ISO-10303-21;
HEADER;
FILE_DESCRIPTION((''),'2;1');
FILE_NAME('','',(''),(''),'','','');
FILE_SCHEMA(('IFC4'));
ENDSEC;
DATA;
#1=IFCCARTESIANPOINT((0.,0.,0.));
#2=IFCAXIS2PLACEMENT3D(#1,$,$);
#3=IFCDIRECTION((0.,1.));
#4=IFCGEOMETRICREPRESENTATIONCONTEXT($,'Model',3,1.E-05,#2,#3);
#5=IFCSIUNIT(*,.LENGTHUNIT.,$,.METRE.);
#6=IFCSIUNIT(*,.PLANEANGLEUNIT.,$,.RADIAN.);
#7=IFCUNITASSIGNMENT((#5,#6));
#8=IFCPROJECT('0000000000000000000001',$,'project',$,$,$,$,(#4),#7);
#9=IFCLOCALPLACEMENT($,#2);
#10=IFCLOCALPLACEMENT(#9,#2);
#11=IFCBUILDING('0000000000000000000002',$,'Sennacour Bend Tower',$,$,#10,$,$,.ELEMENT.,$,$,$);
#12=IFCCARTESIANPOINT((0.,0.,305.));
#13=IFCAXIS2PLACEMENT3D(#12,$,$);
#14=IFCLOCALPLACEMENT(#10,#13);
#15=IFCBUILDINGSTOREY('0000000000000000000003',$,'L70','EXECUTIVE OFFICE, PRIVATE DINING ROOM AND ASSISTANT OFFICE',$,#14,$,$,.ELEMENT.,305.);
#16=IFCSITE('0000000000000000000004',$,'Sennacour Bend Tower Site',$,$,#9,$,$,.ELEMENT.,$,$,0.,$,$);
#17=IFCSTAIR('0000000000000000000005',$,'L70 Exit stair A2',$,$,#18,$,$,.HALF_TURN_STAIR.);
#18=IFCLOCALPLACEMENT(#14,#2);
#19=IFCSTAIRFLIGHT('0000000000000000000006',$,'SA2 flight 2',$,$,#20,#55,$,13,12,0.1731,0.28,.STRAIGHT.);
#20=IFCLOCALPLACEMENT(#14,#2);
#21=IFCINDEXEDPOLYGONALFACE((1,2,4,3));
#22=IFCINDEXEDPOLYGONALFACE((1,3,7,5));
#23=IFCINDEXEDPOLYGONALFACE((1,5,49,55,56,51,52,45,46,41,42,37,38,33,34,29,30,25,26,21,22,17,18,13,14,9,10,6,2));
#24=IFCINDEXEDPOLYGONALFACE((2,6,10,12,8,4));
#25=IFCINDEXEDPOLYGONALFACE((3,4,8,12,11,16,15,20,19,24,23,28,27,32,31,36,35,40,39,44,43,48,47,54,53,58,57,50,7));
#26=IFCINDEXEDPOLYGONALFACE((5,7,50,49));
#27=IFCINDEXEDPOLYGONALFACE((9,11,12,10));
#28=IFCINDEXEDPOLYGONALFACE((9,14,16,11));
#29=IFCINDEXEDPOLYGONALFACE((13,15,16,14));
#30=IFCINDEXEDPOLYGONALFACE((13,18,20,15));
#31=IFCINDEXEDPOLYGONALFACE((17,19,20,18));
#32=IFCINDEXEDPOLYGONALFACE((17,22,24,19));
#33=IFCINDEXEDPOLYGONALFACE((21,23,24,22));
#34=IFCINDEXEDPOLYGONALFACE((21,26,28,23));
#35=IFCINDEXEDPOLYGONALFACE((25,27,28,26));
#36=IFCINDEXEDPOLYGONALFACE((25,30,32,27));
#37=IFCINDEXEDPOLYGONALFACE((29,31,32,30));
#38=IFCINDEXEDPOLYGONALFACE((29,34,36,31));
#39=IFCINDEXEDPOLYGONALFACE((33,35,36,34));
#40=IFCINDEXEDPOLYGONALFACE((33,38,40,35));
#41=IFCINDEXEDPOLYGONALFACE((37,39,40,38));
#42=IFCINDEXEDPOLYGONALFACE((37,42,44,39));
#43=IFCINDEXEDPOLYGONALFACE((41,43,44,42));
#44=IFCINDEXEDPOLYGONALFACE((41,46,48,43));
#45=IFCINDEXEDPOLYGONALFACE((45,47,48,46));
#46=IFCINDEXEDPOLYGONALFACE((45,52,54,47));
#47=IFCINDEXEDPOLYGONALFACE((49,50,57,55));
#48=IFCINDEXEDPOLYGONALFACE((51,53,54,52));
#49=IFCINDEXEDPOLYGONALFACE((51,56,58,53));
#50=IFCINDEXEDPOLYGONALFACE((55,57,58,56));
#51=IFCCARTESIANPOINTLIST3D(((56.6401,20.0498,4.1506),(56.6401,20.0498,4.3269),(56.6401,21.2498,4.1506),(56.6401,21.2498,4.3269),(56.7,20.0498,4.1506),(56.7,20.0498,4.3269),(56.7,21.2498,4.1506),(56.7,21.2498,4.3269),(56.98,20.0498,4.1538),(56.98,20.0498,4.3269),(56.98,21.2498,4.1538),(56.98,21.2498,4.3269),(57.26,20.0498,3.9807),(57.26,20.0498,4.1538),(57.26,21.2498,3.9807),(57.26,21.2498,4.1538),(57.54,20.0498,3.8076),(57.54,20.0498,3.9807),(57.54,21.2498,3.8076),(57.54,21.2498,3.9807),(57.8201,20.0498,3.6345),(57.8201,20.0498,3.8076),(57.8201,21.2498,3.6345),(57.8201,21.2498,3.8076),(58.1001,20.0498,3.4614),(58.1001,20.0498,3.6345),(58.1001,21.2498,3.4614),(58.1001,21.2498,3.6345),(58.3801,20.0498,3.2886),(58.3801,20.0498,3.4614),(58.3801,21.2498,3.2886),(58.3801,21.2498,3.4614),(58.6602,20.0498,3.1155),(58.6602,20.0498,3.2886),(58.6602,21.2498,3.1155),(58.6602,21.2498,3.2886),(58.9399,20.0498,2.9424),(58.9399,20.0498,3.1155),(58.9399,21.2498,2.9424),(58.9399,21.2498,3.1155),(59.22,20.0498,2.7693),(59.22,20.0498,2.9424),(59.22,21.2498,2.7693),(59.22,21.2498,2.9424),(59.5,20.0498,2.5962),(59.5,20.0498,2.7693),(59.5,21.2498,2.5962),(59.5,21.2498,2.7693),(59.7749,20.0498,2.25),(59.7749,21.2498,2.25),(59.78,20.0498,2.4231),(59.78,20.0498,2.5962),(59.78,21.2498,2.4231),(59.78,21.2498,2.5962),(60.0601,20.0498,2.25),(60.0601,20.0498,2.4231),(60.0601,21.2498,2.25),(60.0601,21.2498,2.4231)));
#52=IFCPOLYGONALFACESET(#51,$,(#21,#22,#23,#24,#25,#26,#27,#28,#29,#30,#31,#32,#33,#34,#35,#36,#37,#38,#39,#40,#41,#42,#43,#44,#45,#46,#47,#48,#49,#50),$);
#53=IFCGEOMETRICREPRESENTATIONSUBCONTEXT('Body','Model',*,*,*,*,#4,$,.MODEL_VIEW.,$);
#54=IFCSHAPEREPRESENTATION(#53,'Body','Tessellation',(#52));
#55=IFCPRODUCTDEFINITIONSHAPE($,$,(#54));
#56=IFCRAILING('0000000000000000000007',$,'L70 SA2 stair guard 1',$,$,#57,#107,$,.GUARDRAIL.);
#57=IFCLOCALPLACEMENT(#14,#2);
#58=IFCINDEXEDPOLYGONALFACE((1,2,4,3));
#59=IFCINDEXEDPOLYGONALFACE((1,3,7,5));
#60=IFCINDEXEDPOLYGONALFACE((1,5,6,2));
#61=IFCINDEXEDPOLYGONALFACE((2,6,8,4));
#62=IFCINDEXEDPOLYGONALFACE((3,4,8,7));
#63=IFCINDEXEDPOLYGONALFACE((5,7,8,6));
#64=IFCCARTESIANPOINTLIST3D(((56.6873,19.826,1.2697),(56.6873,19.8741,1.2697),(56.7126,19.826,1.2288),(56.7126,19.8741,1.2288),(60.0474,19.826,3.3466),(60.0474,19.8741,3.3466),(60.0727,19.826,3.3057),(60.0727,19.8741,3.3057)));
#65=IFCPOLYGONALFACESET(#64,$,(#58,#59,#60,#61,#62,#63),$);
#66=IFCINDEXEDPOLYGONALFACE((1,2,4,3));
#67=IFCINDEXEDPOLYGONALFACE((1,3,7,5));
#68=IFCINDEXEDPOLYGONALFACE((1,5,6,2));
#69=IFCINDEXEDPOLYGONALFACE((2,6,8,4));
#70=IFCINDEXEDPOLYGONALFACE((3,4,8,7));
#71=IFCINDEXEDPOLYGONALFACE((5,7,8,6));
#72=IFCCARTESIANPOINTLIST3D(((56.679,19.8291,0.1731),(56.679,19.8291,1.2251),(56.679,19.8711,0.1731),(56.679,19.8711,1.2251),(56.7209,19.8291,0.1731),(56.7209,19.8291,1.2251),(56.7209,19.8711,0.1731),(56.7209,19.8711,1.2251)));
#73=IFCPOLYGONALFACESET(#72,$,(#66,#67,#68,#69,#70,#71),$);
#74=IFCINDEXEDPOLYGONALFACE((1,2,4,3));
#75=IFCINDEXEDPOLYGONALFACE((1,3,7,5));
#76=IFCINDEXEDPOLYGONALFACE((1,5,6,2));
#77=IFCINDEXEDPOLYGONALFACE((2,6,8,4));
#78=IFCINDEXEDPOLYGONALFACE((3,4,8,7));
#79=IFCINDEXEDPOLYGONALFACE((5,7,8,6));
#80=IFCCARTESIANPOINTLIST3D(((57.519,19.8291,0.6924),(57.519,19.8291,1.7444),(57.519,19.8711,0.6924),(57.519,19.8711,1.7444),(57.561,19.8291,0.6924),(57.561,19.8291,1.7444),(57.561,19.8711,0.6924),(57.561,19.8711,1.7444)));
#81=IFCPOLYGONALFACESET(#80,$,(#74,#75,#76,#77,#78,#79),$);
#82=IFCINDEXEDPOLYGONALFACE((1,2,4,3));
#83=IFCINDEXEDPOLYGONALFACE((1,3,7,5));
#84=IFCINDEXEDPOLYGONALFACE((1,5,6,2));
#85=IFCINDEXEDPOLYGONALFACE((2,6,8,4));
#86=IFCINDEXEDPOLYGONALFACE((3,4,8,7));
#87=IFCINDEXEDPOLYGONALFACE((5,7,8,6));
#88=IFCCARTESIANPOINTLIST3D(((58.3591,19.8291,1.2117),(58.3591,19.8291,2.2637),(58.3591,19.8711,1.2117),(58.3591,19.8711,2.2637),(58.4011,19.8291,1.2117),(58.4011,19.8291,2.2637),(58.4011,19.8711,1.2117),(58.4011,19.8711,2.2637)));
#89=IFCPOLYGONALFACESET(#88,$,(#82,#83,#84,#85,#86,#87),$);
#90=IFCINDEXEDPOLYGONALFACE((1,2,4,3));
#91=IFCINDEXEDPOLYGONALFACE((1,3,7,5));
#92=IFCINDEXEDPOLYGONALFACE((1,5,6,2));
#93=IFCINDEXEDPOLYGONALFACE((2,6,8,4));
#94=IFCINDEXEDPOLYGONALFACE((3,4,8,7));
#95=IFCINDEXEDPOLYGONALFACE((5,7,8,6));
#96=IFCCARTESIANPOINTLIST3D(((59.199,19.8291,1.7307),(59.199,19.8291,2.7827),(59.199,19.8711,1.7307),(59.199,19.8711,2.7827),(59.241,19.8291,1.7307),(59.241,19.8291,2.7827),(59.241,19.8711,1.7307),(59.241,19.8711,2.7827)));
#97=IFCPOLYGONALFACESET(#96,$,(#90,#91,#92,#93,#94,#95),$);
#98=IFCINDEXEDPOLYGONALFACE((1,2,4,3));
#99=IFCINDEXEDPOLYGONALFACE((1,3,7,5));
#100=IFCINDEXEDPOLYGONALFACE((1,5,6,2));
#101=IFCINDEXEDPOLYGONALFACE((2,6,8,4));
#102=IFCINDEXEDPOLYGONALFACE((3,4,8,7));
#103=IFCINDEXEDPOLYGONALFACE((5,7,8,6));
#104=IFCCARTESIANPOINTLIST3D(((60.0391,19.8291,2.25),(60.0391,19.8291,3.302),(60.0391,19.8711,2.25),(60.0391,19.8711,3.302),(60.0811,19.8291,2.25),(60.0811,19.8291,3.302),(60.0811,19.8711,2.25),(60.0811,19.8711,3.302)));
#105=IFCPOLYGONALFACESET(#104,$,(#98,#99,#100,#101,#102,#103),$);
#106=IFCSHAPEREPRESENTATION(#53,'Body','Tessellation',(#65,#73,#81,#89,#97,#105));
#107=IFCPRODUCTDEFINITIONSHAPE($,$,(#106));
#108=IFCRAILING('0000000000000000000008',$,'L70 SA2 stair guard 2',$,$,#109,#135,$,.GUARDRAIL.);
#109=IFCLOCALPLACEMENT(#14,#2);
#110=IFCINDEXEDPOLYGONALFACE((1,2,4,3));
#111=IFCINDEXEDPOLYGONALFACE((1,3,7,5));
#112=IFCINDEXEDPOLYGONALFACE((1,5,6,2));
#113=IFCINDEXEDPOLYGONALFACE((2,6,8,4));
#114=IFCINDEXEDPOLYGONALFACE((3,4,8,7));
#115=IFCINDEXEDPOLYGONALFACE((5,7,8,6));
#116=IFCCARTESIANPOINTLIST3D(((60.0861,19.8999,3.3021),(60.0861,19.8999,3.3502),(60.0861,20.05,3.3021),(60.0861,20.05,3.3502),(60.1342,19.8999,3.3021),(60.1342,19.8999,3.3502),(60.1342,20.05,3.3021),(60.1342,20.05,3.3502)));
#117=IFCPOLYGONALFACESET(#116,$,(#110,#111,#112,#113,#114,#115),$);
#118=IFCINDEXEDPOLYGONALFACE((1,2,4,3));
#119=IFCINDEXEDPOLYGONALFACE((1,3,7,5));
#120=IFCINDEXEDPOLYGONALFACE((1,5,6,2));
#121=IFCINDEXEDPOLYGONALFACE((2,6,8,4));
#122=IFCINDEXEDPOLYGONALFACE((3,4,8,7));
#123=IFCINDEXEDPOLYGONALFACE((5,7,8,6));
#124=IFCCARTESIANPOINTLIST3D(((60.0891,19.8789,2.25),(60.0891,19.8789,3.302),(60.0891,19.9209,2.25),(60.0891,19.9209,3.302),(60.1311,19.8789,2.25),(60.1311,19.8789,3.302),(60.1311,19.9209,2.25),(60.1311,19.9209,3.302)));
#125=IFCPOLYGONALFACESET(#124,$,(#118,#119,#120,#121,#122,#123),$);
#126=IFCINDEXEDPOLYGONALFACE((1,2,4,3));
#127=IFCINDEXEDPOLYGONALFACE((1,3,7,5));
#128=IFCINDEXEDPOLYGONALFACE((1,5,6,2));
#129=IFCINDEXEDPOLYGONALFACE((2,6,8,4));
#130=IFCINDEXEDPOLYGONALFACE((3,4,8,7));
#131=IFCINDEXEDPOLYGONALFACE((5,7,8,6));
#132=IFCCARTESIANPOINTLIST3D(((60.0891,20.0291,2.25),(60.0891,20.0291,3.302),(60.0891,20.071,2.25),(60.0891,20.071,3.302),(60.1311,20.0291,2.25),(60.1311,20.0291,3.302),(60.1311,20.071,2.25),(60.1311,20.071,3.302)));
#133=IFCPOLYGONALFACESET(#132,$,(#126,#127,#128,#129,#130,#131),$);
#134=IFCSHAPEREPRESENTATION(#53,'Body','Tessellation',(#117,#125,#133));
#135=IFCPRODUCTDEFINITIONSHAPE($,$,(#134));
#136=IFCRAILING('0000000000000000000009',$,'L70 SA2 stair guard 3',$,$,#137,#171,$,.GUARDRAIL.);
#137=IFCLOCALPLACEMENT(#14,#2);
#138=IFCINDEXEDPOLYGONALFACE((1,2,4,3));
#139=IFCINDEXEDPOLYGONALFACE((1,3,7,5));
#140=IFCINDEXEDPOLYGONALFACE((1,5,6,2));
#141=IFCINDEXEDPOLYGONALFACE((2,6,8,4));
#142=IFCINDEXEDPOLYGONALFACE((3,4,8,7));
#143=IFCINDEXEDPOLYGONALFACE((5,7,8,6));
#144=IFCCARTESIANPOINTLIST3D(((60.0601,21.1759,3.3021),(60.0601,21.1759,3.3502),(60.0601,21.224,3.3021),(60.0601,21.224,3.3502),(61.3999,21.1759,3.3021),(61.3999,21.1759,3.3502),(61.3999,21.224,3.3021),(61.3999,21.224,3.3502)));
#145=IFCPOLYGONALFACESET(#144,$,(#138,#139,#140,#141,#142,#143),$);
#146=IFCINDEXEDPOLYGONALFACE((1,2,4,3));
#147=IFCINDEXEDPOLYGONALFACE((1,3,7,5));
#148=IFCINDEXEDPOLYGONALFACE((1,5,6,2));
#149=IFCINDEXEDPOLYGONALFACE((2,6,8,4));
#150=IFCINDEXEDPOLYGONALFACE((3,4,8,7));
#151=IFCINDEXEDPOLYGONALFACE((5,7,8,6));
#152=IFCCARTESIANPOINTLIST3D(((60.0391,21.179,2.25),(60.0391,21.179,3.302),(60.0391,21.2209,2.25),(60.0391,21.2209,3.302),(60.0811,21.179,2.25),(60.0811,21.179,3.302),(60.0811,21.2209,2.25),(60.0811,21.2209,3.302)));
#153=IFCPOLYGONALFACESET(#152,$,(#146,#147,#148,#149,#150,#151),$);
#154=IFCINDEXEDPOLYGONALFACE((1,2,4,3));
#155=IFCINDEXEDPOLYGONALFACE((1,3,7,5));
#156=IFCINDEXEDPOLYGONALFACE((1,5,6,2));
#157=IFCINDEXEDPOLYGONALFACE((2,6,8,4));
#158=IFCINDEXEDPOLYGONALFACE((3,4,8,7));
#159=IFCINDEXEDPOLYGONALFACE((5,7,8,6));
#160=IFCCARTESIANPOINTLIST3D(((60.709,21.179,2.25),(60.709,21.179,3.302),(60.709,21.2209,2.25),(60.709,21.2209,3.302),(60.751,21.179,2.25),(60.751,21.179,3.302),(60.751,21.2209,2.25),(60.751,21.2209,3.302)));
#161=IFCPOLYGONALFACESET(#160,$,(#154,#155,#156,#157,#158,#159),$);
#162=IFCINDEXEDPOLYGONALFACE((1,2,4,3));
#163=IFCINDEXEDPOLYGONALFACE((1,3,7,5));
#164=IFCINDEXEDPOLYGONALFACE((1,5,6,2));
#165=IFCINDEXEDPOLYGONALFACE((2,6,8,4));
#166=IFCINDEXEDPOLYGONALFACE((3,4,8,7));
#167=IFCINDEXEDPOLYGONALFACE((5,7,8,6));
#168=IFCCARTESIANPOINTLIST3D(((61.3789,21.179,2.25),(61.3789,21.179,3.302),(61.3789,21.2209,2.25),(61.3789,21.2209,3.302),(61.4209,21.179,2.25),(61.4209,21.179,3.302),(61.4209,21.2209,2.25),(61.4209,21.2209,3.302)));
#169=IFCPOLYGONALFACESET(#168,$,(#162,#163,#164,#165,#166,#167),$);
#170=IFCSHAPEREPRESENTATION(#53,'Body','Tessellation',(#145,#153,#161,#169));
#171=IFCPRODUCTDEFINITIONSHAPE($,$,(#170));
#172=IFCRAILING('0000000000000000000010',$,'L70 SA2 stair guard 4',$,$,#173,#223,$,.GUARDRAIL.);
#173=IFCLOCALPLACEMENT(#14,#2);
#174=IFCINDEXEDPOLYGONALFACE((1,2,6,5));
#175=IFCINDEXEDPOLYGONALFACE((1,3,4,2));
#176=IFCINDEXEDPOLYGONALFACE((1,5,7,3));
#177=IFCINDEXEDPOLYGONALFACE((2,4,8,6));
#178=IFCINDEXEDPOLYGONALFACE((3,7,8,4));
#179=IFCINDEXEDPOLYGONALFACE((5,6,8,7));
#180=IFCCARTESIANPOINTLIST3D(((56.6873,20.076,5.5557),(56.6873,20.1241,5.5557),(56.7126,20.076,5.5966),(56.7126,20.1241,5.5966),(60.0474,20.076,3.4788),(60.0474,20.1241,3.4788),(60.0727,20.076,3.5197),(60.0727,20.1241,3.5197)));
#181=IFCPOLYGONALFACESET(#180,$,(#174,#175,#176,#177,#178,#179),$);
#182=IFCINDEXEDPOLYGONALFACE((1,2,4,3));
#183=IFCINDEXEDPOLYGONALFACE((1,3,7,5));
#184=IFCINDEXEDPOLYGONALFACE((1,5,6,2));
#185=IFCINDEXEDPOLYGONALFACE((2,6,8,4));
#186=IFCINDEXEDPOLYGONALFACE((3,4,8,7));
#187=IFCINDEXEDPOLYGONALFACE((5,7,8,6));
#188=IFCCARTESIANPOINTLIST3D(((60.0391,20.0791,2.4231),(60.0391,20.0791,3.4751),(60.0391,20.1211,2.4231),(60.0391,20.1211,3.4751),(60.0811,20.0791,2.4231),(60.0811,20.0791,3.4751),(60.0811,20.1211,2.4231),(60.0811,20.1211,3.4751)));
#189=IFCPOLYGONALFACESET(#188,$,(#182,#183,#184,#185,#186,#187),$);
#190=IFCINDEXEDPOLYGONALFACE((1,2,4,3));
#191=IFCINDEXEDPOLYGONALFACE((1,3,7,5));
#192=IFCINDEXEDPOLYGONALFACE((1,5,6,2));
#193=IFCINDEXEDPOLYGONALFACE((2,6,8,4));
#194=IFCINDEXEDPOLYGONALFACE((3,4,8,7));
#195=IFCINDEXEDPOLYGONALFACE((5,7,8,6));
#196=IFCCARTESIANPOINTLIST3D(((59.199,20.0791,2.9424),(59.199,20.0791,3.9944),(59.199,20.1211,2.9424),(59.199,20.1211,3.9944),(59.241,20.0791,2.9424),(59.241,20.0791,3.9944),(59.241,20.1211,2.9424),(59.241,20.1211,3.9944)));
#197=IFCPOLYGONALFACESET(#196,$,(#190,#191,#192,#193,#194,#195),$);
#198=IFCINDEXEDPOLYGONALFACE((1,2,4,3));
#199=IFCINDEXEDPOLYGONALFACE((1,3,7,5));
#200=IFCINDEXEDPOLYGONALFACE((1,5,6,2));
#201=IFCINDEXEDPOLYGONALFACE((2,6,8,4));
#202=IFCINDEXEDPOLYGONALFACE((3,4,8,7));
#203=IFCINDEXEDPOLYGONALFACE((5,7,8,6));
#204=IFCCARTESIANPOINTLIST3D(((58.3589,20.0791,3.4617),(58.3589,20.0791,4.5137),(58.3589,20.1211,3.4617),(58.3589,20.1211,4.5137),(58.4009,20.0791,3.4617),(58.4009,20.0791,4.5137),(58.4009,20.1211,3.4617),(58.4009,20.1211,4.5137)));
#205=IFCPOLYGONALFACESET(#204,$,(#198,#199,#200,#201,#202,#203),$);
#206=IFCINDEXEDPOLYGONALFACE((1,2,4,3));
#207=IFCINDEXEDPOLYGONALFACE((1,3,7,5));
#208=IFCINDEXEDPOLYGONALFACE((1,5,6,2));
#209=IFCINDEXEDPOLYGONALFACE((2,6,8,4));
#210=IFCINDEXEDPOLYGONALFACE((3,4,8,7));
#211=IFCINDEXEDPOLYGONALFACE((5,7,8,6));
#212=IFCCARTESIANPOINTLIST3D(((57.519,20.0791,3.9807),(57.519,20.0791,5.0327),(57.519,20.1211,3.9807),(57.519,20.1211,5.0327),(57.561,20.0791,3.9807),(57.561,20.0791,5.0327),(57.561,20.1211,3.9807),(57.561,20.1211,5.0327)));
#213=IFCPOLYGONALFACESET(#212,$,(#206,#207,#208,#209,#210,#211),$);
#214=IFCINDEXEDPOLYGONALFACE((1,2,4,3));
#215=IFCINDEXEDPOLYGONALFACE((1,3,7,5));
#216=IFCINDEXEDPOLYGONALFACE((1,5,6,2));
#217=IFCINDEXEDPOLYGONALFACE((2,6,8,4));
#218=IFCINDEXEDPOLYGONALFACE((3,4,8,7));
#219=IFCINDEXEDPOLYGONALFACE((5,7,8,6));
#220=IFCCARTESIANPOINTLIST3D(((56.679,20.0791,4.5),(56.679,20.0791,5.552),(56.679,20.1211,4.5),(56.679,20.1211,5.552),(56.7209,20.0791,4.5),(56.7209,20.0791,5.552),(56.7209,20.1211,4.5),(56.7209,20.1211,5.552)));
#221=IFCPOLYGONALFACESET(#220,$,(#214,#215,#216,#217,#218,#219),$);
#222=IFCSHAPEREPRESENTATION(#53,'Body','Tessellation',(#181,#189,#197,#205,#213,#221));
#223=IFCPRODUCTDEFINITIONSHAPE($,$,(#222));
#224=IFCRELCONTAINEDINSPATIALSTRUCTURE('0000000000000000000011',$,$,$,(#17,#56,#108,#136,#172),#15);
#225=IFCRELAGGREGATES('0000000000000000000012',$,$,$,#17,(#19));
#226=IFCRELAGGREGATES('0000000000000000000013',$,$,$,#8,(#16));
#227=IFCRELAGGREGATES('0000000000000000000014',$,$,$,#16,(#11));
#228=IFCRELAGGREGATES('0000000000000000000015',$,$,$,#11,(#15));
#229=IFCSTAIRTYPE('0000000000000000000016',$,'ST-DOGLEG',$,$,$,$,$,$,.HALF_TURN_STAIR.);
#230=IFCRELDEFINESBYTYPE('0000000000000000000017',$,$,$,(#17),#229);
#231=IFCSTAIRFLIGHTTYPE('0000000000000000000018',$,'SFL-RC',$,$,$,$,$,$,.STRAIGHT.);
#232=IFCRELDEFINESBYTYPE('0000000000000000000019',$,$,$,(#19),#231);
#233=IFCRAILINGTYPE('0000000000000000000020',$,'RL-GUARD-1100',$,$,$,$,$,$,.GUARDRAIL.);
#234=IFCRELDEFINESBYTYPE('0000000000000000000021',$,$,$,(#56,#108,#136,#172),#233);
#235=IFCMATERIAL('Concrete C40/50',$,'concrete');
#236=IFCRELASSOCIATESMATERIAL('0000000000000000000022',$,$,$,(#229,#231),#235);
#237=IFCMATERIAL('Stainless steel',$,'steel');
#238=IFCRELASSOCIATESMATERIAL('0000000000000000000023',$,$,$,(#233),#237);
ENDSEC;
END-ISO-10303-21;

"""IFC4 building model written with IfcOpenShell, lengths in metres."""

from ifc_helpers import new_model, si_unit, direction, frame, origin, origin_2d, place, context, subcontext, project, spatial, polyline, rectangle, outline, extrude, material, type_object, element, aggregate, save


model = new_model("IFC4")

# Units and contexts
model_context = context("Model", 3, precision=1e-05, world=origin(), true_north=direction((0.0, 1.0)))
body_context = subcontext(model_context, "Body", "Model", "MODEL_VIEW")
ifc_project = project(units=[si_unit("LENGTHUNIT", "METRE"), si_unit("PLANEANGLEUNIT", "RADIAN")], contexts=[model_context])

# Site, building, storey
site_placement = place(None, origin())
site = spatial("IfcSite", under=ifc_project, at=site_placement, Name="Sennacour Bend Tower Site", CompositionType="ELEMENT", RefElevation=0.0)
building_placement = place(site_placement, origin())
building = spatial("IfcBuilding", under=site, at=building_placement, Name="Sennacour Bend Tower", CompositionType="ELEMENT")
storey_placement = place(building_placement, frame((0.0, 0.0, 305.0)))
storey = spatial("IfcBuildingStorey", under=building, at=storey_placement, Name="L70", Description="EXECUTIVE OFFICE, PRIVATE DINING ROOM AND ASSISTANT OFFICE", CompositionType="ELEMENT", Elevation=305.0)

# Stair, stair flight
ifc_material_1 = material(Name="Concrete C40/50", Category="concrete")
stair_type = type_object("IfcStairType", Name="ST-DOGLEG", PredefinedType="HALF_TURN_STAIR", material=ifc_material_1)
stair_placement = place(storey_placement, origin())
stair = element("IfcStair", 1, at=stair_placement, inside=storey, type_object=stair_type, Name="L70 Exit stair A2", PredefinedType="HALF_TURN_STAIR")
stair_flight_type = type_object("IfcStairFlightType", Name="SFL-RC", PredefinedType="STRAIGHT", material=ifc_material_1)
stair_flight_1_placement = place(storey_placement, frame((60.0601, 20.6499, 2.25), z_axis=(0.0, 0.0, 1.0), x_axis=(-1.0, 0.0, 0.0)))
stair_flight_1 = element("IfcStairFlight", 2, at=stair_flight_1_placement, type_object=stair_flight_type, Name="SA2 flight 2", NumberOfRisers=13, NumberOfTreads=12, PredefinedType="STRAIGHT", RiserHeight=0.1731, TreadLength=0.28, context=body_context, shape_type="SweptSolid", body=[
    extrude(outline(polyline([(0.0, 0.0), (0.0, 0.1731), (0.28, 0.1731), (0.28, 0.3462), (0.5601, 0.3462), (0.5601, 0.5193), (0.8401, 0.5193), (0.8401, 0.6924), (1.1201, 0.6924), (1.1201, 0.8655), (1.3999, 0.8655), (1.3999, 1.0386), (1.6799, 1.0386), (1.6799, 1.2114), (1.96, 1.2114), (1.96, 1.3845), (2.24, 1.3845), (2.24, 1.5576), (2.52, 1.5576), (2.52, 1.7307), (2.8, 1.7307), (2.8, 1.9038), (3.0801, 1.9038), (3.0801, 2.0769), (3.3601, 2.0769), (3.4199, 2.0769), (3.4199, 1.9006), (3.3601, 1.9006), (0.2852, 0.0), (0.0, 0.0)])), frame((0.0, 0.6001, 0.0), z_axis=(0.0, -1.0, 0.0), x_axis=(1.0, 0.0, 0.0)), (0.0, 0.0, 1.0), 1.2),
])
aggregate(stair, [stair_flight_1])

# Railings
ifc_material_2 = material(Name="Stainless steel", Category="steel")
railing_type_1 = type_object("IfcRailingType", Name="RL-GUARD-1100", PredefinedType="GUARDRAIL", material=ifc_material_2)
railing_1_placement = place(storey_placement, frame((56.7, 19.8501, 0.1731)))
element("IfcRailing", 3, at=railing_1_placement, inside=storey, type_object=railing_type_1, Name="L70 SA2 stair guard 1", PredefinedType="GUARDRAIL", context=body_context, shape_type="SweptSolid", body=[
    extrude(rectangle(XDim=0.0481, YDim=0.0481, at=origin_2d()), frame((0.0, 0.0, 1.0762), z_axis=(0.850623, 0.0, 0.525776), x_axis=(0.0, 1.0, 0.0)), (0.0, 0.0, 1.0), 3.9502),
    extrude(rectangle(XDim=0.042, YDim=0.042, at=origin_2d()), origin(), (0.0, 0.0, 1.0), 1.052),
    extrude(rectangle(XDim=0.042, YDim=0.042, at=origin_2d()), frame((0.8401, 0.0, 0.5193)), (0.0, 0.0, 1.0), 1.052),
    extrude(rectangle(XDim=0.042, YDim=0.042, at=origin_2d()), frame((1.6802, 0.0, 1.0386)), (0.0, 0.0, 1.0), 1.052),
    extrude(rectangle(XDim=0.042, YDim=0.042, at=origin_2d()), frame((2.52, 0.0, 1.5576)), (0.0, 0.0, 1.0), 1.052),
    extrude(rectangle(XDim=0.042, YDim=0.042, at=origin_2d()), frame((3.3601, 0.0, 2.0769)), (0.0, 0.0, 1.0), 1.052),
])
railing_2_placement = place(storey_placement, frame((60.1101, 19.8999, 2.25)))
element("IfcRailing", 4, at=railing_2_placement, inside=storey, type_object=railing_type_1, Name="L70 SA2 stair guard 2", PredefinedType="GUARDRAIL", context=body_context, shape_type="SweptSolid", body=[
    extrude(rectangle(XDim=0.0481, YDim=0.0481, at=origin_2d()), frame((0.0, 0.0, 1.0762), z_axis=(0.0, 1.0, 0.0), x_axis=(-1.0, 0.0, 0.0)), (0.0, 0.0, 1.0), 0.1501),
    extrude(rectangle(XDim=0.042, YDim=0.042, at=origin_2d()), origin(), (0.0, 0.0, 1.0), 1.052),
    extrude(rectangle(XDim=0.042, YDim=0.042, at=origin_2d()), frame((0.0, 0.1501, 0.0)), (0.0, 0.0, 1.0), 1.052),
])
railing_3_placement = place(storey_placement, frame((60.0601, 21.2, 2.25)))
element("IfcRailing", 5, at=railing_3_placement, inside=storey, type_object=railing_type_1, Name="L70 SA2 stair guard 3", PredefinedType="GUARDRAIL", context=body_context, shape_type="SweptSolid", body=[
    extrude(rectangle(XDim=0.0481, YDim=0.0481, at=origin_2d()), frame((0.0, 0.0, 1.0762), z_axis=(1.0, 0.0, 0.0), x_axis=(0.0, 1.0, 0.0)), (0.0, 0.0, 1.0), 1.3398),
    extrude(rectangle(XDim=0.042, YDim=0.042, at=origin_2d()), origin(), (0.0, 0.0, 1.0), 1.052),
    extrude(rectangle(XDim=0.042, YDim=0.042, at=origin_2d()), frame((0.6699, 0.0, 0.0)), (0.0, 0.0, 1.0), 1.052),
    extrude(rectangle(XDim=0.042, YDim=0.042, at=origin_2d()), frame((1.3398, 0.0, 0.0)), (0.0, 0.0, 1.0), 1.052),
])
railing_4_placement = place(storey_placement, frame((60.0601, 20.1001, 2.4231)))
element("IfcRailing", 6, at=railing_4_placement, inside=storey, type_object=railing_type_1, Name="L70 SA2 stair guard 4", PredefinedType="GUARDRAIL", context=body_context, shape_type="SweptSolid", body=[
    extrude(rectangle(XDim=0.0481, YDim=0.0481, at=origin_2d()), frame((0.0, 0.0, 1.0762), z_axis=(-0.850623, 0.0, 0.525776), x_axis=(0.0, -1.0, 0.0)), (0.0, 0.0, 1.0), 3.9502),
    extrude(rectangle(XDim=0.042, YDim=0.042, at=origin_2d()), origin(), (0.0, 0.0, 1.0), 1.052),
    extrude(rectangle(XDim=0.042, YDim=0.042, at=origin_2d()), frame((-0.8401, 0.0, 0.5193)), (0.0, 0.0, 1.0), 1.052),
    extrude(rectangle(XDim=0.042, YDim=0.042, at=origin_2d()), frame((-1.6802, 0.0, 1.0386)), (0.0, 0.0, 1.0), 1.052),
    extrude(rectangle(XDim=0.042, YDim=0.042, at=origin_2d()), frame((-2.52, 0.0, 1.5576)), (0.0, 0.0, 1.0), 1.052),
    extrude(rectangle(XDim=0.042, YDim=0.042, at=origin_2d()), frame((-3.3601, 0.0, 2.0769)), (0.0, 0.0, 1.0), 1.052),
])

save(model, "model.ifc")
